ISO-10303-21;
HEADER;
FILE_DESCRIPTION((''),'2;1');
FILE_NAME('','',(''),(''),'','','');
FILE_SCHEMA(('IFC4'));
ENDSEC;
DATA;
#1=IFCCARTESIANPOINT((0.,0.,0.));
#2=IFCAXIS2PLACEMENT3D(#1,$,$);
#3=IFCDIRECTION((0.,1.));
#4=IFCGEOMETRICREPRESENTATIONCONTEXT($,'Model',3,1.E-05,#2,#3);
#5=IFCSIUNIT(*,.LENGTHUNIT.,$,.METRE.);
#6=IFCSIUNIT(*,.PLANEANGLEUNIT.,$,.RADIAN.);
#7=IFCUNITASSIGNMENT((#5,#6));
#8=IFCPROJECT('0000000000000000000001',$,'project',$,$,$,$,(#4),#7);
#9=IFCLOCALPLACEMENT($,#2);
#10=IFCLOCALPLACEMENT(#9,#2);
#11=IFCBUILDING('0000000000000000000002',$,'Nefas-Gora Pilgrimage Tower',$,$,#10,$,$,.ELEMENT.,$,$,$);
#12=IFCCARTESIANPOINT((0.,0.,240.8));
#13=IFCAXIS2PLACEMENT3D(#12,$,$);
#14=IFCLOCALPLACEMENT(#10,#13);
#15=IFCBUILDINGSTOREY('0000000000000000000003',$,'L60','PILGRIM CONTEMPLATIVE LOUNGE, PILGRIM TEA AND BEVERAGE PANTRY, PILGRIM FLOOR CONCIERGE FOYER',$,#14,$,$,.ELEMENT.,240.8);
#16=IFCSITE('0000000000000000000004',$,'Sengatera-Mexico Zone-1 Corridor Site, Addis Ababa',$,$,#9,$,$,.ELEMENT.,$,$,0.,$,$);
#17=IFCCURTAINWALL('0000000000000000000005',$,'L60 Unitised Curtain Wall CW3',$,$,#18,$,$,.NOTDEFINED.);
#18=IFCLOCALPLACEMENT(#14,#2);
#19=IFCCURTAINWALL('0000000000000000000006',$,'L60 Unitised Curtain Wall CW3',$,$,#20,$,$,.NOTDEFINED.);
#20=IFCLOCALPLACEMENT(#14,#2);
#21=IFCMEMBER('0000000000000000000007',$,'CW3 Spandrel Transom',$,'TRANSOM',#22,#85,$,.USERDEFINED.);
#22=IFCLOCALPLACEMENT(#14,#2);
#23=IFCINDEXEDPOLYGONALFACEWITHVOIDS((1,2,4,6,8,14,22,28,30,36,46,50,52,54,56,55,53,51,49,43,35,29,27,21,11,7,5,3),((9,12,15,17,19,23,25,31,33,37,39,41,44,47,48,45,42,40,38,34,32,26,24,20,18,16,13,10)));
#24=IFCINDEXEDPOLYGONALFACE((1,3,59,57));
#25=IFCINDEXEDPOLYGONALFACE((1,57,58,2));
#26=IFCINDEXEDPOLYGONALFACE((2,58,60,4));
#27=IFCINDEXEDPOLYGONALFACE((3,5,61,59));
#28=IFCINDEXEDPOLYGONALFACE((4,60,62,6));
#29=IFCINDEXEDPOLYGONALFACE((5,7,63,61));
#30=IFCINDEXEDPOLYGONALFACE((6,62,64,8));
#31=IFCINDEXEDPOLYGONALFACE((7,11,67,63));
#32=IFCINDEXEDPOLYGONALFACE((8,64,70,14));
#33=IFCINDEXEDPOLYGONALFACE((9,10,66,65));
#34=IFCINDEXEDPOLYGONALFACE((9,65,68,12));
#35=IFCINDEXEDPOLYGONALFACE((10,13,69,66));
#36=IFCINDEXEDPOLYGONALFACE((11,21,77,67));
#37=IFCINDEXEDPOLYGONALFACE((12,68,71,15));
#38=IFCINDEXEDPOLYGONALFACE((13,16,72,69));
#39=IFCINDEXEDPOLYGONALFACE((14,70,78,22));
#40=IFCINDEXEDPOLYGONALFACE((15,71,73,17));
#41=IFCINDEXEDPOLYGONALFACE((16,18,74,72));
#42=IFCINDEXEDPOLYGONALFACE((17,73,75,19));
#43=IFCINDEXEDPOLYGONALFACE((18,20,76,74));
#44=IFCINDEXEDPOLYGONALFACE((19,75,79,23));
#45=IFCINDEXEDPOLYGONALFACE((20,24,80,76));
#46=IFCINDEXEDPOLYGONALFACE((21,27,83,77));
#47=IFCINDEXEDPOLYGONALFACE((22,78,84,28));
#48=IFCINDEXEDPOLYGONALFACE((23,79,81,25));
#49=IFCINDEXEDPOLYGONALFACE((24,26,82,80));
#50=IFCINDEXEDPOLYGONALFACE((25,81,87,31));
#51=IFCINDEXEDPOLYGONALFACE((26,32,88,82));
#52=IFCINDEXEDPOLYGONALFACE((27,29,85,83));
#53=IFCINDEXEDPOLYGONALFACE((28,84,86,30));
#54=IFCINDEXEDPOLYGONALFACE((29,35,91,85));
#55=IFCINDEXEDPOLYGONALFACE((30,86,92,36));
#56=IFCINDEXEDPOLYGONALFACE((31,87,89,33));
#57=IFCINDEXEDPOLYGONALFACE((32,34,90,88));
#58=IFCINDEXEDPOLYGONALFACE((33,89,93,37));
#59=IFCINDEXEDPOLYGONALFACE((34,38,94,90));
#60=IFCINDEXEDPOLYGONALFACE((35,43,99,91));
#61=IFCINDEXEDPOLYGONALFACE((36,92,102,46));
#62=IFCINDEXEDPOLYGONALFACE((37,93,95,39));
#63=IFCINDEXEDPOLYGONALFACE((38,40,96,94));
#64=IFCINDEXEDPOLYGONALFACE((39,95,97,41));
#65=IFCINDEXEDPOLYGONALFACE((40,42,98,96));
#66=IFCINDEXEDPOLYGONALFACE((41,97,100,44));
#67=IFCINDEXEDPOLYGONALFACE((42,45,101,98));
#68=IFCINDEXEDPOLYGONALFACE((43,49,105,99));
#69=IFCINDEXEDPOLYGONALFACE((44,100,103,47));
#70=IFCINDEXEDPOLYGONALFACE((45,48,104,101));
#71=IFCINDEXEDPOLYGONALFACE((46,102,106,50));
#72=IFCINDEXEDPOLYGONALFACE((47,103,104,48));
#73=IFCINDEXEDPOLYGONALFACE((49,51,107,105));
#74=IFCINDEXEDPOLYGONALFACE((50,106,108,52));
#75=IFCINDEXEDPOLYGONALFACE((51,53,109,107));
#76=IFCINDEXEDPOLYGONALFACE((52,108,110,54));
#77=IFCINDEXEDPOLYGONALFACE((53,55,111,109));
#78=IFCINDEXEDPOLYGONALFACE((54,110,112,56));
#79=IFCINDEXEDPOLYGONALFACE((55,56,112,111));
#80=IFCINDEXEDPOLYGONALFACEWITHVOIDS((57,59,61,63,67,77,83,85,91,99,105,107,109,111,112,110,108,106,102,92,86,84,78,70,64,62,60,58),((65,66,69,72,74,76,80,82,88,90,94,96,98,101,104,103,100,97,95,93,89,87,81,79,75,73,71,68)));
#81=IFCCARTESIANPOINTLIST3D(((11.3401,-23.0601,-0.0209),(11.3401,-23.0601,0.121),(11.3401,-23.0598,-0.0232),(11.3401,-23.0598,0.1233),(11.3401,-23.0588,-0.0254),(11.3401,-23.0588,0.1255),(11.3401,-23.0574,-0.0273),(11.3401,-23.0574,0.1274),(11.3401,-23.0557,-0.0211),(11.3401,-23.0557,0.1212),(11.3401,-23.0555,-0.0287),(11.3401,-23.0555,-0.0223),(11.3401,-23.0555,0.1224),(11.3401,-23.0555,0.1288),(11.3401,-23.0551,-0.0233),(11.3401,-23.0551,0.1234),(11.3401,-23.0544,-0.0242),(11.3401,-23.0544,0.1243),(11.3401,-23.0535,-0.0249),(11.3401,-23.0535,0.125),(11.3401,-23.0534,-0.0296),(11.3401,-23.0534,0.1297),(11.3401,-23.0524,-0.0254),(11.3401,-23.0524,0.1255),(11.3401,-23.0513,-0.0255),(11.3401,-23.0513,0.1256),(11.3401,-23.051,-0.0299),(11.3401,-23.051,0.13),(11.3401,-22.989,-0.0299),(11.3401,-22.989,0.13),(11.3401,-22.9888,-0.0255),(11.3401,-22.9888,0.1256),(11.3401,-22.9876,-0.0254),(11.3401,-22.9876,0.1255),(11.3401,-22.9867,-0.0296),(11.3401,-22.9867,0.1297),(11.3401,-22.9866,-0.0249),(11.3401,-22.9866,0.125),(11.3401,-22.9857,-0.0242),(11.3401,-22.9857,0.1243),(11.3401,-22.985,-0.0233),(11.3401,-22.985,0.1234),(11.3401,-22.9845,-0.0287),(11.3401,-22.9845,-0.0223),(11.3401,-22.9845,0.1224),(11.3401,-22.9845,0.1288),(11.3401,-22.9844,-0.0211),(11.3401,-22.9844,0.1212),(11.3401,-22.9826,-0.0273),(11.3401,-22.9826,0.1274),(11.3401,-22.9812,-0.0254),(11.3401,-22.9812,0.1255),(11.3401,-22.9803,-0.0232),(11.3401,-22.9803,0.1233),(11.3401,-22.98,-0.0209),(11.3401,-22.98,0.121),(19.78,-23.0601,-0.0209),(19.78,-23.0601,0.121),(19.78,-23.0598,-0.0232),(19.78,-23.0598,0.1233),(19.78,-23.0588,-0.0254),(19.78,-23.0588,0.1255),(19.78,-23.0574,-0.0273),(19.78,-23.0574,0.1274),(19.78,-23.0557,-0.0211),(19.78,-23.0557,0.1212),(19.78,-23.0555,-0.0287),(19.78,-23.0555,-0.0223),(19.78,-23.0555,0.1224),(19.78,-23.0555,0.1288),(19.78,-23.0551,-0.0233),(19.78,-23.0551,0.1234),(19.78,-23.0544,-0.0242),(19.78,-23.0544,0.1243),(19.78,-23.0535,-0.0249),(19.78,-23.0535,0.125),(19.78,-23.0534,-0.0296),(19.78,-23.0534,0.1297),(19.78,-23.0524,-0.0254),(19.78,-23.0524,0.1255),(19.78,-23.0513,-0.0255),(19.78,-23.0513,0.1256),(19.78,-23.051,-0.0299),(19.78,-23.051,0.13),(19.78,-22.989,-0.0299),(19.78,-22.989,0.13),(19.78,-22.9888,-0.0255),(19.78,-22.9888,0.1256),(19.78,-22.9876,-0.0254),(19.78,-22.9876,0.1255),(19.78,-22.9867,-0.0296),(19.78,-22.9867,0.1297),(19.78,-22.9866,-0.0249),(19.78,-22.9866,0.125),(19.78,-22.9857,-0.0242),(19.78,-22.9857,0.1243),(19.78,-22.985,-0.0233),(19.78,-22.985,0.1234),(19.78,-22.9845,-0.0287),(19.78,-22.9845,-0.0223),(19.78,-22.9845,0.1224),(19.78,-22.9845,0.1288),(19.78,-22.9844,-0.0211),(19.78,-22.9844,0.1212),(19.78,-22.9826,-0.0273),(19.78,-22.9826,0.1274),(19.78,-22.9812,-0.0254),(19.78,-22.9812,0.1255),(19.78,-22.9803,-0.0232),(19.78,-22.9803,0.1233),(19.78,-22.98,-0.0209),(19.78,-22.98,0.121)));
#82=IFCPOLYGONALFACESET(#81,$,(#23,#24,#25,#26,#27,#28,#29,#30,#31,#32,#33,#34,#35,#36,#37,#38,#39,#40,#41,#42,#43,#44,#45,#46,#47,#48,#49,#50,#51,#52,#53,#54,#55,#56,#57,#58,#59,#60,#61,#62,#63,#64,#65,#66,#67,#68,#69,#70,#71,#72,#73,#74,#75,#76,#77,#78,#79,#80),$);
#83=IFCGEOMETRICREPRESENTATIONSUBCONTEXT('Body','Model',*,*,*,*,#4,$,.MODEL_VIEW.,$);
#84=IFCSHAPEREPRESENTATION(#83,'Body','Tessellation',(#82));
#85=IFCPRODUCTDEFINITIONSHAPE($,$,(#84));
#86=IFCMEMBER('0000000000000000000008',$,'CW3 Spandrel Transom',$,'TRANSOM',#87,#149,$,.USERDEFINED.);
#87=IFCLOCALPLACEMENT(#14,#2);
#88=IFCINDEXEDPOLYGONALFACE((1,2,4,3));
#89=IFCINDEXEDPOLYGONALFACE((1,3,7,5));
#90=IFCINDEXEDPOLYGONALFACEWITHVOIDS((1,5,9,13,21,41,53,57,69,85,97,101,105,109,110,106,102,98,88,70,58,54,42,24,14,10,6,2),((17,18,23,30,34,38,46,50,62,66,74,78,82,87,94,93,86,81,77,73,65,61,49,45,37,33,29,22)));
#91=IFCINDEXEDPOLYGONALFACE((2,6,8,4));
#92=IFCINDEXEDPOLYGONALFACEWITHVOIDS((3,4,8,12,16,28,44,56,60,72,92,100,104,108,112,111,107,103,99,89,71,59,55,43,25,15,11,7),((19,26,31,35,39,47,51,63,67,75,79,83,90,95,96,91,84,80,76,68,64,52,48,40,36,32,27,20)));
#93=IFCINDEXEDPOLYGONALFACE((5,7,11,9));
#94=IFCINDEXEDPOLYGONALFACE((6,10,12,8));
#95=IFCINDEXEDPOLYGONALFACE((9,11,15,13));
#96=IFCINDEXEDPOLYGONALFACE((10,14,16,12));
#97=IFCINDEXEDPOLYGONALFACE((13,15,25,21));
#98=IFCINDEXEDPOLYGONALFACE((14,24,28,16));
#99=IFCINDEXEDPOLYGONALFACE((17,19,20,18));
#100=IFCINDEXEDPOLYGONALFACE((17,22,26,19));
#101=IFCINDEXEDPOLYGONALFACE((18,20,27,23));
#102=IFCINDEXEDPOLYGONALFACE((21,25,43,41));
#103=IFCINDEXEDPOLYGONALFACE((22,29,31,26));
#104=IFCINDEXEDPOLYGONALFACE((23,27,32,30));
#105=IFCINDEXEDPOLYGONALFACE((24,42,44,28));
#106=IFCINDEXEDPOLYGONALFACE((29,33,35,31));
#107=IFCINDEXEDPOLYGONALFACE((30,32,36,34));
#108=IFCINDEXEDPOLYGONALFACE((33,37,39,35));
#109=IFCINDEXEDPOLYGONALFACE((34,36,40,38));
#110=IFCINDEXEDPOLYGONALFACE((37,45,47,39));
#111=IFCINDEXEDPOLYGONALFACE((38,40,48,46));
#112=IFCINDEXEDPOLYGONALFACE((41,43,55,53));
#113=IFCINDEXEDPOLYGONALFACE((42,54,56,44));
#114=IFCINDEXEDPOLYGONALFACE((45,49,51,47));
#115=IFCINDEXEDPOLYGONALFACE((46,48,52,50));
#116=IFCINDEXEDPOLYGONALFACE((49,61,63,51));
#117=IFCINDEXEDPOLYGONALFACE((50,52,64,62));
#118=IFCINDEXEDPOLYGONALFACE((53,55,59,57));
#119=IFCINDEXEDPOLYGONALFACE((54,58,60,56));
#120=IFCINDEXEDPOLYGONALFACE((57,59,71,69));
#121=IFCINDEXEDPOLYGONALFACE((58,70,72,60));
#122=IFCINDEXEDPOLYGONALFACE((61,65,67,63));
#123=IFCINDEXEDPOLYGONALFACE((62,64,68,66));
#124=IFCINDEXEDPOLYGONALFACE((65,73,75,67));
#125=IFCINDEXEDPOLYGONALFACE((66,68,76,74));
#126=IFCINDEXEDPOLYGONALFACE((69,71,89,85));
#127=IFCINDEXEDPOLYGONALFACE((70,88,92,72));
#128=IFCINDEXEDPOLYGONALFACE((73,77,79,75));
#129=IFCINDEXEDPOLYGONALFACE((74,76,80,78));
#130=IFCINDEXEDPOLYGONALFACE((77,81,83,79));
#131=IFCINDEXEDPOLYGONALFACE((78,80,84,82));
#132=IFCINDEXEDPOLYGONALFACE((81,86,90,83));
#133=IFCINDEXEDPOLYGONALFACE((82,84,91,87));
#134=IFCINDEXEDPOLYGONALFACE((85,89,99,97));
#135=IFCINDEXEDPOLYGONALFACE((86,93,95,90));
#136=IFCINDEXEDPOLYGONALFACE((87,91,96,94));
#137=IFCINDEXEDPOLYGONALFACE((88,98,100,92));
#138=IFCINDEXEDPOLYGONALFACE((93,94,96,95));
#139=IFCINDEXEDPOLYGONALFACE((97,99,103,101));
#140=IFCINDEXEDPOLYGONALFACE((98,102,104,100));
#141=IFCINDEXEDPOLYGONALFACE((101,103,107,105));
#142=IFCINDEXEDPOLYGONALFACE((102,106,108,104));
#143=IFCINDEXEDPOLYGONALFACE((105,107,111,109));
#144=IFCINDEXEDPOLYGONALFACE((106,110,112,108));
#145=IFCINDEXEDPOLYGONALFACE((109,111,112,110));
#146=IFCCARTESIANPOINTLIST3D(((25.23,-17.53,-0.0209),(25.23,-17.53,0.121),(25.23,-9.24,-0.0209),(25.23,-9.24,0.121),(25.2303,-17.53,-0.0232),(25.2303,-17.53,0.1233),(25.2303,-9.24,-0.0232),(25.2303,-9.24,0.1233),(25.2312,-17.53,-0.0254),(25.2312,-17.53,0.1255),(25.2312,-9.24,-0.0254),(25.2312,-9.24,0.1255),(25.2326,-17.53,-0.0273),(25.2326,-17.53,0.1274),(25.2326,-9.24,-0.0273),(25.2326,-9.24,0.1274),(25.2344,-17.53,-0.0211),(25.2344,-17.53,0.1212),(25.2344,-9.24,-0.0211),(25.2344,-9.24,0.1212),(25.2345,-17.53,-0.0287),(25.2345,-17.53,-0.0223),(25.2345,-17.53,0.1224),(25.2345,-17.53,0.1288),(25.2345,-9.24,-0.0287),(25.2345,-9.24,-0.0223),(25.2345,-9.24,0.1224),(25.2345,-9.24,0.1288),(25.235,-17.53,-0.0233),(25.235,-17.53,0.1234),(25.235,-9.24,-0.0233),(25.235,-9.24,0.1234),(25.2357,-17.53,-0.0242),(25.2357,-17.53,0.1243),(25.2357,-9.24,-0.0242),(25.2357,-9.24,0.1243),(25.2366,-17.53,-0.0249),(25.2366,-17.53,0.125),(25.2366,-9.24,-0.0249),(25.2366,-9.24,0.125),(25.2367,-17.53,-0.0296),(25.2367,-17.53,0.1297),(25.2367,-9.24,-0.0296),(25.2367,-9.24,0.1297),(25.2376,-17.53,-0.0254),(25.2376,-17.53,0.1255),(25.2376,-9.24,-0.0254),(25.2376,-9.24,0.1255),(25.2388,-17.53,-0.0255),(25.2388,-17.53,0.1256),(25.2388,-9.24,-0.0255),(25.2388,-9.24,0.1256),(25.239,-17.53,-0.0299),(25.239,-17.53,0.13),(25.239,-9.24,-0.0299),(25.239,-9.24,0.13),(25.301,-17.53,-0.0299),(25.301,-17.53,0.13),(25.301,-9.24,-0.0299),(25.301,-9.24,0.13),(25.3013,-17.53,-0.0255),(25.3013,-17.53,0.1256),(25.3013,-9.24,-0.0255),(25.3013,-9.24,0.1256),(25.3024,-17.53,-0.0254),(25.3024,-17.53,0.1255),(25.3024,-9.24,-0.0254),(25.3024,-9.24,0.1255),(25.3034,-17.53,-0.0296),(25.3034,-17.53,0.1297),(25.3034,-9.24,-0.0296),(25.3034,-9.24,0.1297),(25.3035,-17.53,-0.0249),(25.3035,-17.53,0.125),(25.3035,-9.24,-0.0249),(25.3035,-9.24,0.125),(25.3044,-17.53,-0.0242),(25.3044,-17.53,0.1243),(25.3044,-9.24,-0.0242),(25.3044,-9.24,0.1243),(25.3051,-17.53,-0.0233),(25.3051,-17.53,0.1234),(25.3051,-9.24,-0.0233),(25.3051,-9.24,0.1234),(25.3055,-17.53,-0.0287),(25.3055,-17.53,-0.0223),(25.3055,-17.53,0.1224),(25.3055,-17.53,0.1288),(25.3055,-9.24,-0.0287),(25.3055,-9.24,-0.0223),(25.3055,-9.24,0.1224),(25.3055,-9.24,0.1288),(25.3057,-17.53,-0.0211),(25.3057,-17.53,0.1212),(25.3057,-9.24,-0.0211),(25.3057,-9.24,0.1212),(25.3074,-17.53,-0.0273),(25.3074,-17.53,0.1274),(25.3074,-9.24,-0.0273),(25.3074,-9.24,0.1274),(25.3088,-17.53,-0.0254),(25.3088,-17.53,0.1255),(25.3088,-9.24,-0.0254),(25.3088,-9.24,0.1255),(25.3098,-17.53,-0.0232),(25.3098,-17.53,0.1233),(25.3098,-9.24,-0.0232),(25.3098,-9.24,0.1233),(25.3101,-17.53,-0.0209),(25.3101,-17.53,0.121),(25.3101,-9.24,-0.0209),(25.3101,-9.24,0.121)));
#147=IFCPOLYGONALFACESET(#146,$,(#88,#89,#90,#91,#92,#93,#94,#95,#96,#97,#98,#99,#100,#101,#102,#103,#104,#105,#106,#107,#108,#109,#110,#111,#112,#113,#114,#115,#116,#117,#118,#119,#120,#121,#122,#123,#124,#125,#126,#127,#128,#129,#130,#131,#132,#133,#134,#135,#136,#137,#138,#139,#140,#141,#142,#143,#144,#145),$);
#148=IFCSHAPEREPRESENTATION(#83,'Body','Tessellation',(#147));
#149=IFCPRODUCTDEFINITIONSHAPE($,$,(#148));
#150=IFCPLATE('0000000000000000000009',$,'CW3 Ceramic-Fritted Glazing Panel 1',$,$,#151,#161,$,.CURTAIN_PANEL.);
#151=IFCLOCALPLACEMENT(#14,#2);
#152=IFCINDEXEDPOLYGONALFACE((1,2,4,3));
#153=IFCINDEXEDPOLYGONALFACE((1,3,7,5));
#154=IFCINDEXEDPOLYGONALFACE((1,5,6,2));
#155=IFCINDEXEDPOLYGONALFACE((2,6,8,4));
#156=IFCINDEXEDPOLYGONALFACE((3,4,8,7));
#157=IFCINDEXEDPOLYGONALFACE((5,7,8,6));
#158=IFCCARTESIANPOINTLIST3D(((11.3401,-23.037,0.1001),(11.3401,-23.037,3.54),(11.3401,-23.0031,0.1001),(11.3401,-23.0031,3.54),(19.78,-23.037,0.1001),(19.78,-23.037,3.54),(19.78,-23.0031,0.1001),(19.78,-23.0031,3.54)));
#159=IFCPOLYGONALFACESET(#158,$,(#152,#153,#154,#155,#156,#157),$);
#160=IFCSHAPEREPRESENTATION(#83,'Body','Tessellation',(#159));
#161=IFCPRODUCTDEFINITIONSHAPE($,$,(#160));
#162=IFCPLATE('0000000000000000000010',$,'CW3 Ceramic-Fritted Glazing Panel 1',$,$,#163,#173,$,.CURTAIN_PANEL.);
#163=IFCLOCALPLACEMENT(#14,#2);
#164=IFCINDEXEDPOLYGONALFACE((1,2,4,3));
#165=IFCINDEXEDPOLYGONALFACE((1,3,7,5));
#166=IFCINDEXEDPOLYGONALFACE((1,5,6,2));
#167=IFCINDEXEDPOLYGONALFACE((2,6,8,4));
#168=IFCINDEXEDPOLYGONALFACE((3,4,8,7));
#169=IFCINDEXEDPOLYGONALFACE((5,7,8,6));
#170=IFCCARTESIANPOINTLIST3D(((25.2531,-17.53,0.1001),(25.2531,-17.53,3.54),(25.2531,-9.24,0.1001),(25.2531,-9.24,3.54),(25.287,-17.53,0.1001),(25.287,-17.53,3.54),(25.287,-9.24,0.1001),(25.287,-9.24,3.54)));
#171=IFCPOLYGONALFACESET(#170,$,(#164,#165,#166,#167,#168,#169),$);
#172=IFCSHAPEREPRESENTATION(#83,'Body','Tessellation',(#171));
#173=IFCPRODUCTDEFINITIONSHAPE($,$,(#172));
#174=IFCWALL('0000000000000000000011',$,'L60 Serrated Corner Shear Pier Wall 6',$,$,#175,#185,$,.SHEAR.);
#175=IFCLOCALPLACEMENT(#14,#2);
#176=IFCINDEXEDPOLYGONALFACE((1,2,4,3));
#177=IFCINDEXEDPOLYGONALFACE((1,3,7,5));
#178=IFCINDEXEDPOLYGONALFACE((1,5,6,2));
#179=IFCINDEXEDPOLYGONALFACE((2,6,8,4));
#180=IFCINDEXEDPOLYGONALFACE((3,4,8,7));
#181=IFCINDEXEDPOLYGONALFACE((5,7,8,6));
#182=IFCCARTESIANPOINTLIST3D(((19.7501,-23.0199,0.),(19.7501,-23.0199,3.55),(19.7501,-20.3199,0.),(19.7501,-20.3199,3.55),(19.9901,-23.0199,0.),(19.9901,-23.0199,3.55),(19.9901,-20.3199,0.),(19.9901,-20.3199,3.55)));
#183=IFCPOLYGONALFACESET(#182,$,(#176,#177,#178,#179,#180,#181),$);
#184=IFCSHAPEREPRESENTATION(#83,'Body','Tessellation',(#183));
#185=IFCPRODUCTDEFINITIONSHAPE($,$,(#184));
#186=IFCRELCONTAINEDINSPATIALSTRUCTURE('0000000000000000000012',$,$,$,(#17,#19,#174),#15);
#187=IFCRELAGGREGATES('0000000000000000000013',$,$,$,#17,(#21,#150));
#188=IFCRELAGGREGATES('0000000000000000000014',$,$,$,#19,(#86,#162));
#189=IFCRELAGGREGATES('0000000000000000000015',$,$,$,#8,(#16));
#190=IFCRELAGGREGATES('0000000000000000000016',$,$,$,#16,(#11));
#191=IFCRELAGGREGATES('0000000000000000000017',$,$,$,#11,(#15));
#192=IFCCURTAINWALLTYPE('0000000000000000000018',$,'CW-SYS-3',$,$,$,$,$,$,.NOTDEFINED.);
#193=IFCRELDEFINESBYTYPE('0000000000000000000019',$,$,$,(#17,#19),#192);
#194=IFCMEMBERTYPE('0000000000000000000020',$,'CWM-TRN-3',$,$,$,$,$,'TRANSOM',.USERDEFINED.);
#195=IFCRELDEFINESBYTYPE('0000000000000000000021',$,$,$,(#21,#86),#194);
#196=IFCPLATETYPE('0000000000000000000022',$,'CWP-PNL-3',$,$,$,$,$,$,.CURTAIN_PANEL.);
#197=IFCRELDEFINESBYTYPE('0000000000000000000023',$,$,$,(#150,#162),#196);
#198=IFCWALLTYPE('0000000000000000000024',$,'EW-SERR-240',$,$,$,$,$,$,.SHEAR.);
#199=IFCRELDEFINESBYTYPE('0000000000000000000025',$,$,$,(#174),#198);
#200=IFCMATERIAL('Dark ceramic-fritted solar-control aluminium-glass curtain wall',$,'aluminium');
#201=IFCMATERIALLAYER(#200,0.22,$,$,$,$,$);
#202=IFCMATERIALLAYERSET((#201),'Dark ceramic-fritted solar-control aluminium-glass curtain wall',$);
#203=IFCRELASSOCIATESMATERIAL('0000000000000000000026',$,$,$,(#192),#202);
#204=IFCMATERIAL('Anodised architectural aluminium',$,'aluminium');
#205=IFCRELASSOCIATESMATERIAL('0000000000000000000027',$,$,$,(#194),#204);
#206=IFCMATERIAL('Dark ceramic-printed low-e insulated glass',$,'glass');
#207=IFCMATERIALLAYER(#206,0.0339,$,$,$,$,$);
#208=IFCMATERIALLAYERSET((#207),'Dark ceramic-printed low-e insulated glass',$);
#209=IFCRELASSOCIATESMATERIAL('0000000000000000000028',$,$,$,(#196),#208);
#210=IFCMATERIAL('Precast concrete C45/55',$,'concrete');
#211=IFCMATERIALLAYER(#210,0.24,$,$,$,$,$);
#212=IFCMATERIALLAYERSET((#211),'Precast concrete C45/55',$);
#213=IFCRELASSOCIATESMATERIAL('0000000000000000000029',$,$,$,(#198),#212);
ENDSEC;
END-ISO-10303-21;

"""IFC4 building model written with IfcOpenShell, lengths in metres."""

from ifc_helpers import new_model, si_unit, direction, frame, frame_2d, origin, origin_2d, place, context, subcontext, project, spatial, rectangle, hollow_rectangle, extrude, source, transform, mapped, material, layer, layer_set, material_profile, profile_set, type_object, element, aggregate, save


model = new_model("IFC4")

# Units and contexts
model_context = context("Model", 3, precision=1e-05, world=origin(), true_north=direction((0.0, 1.0)))
body_context = subcontext(model_context, "Body", "Model", "MODEL_VIEW")
ifc_project = project(units=[si_unit("LENGTHUNIT", "METRE"), si_unit("PLANEANGLEUNIT", "RADIAN")], contexts=[model_context])

# Site, building, storey
site_placement = place(None, origin())
site = spatial("IfcSite", under=ifc_project, at=site_placement, Name="Sengatera-Mexico Zone-1 Corridor Site, Addis Ababa", CompositionType="ELEMENT", RefElevation=0.0)
building_placement = place(site_placement, origin())
building = spatial("IfcBuilding", under=site, at=building_placement, Name="Nefas-Gora Pilgrimage Tower", CompositionType="ELEMENT")
storey_placement = place(building_placement, frame((0.0, 0.0, 240.8)))
storey = spatial("IfcBuildingStorey", under=building, at=storey_placement, Name="L60", Description="PILGRIM CONTEMPLATIVE LOUNGE, PILGRIM TEA AND BEVERAGE PANTRY, PILGRIM FLOOR CONCIERGE FOYER", CompositionType="ELEMENT", Elevation=240.8)

# Curtain wall
ifc_material_1 = material(Name="Dark ceramic-fritted solar-control aluminium-glass curtain wall", Category="aluminium")
ifc_layer_1 = layer(ifc_material_1, 0.22)
ifc_layer_set_1 = layer_set([ifc_layer_1], Name="Dark ceramic-fritted solar-control aluminium-glass curtain wall")
curtain_wall_type = type_object("IfcCurtainWallType", Name="CW-SYS-3", PredefinedType="NOTDEFINED", material=ifc_layer_set_1)
curtain_wall_1_placement = place(storey_placement, origin())
curtain_wall_1 = element("IfcCurtainWall", 1, at=curtain_wall_1_placement, inside=storey, type_object=curtain_wall_type, Name="L60 Unitised Curtain Wall CW3", PredefinedType="NOTDEFINED")
ifc_material_2 = material(Name="Anodised architectural aluminium", Category="aluminium")

# Curtain wall
curtain_wall_2_placement = place(storey_placement, origin())
curtain_wall_2 = element("IfcCurtainWall", 2, at=curtain_wall_2_placement, inside=storey, type_object=curtain_wall_type, Name="L60 Unitised Curtain Wall CW3", PredefinedType="NOTDEFINED")

# Members
ifc_material_profile_1 = material_profile(ifc_material_2, hollow_rectangle(XDim=0.0801, YDim=0.1599, WallThickness=0.0044, InnerFilletRadius=0.0044, OuterFilletRadius=0.009, at=origin_2d()), Name="ALU TRANSOM 80x160")
ifc_profile_set_1 = profile_set([ifc_material_profile_1], Name="Anodised architectural aluminium")
member_type_1 = type_object("IfcMemberType", Name="CWM-TRN-3", ElementType="TRANSOM", PredefinedType="USERDEFINED", material=ifc_profile_set_1)
shared_shape_1 = source(origin(), body_context, "Body", "SweptSolid", [
    extrude(hollow_rectangle(XDim=0.0801, YDim=0.1599, WallThickness=0.0044, InnerFilletRadius=0.0044, OuterFilletRadius=0.009, at=origin_2d()), origin(), (0.0, 0.0, 1.0), 8.4399),
])
member_1_placement = place(storey_placement, frame((11.3401, -23.02, 0.05), z_axis=(1.0, 0.0, 0.0), x_axis=(0.0, 1.0, 0.0)))
member_1 = element("IfcMember", 3, at=member_1_placement, type_object=member_type_1, Name="CW3 Spandrel Transom", ObjectType="TRANSOM", PredefinedType="USERDEFINED", context=body_context, shape_type="MappedRepresentation", body=[
    mapped(shared_shape_1, transform((0.0, 0.0, 0.0), x_axis=(1.0, 0.0, 0.0), y_axis=(0.0, 1.0, 0.0), z_axis=(0.0, 0.0, 1.0), scale=1.0)),
])
shared_shape_2 = source(origin(), body_context, "Body", "SweptSolid", [
    extrude(hollow_rectangle(XDim=0.0801, YDim=0.1599, WallThickness=0.0044, InnerFilletRadius=0.0044, OuterFilletRadius=0.009, at=origin_2d()), origin(), (0.0, 0.0, 1.0), 8.29),
])
member_2_placement = place(storey_placement, frame((25.27, -17.53, 0.05), z_axis=(0.0, 1.0, 0.0), x_axis=(-1.0, 0.0, 0.0)))
member_2 = element("IfcMember", 4, at=member_2_placement, type_object=member_type_1, Name="CW3 Spandrel Transom", ObjectType="TRANSOM", PredefinedType="USERDEFINED", context=body_context, shape_type="MappedRepresentation", body=[
    mapped(shared_shape_2, transform((0.0, 0.0, 0.0), x_axis=(1.0, 0.0, 0.0), y_axis=(0.0, 1.0, 0.0), z_axis=(0.0, 0.0, 1.0), scale=1.0)),
])

# Plates
ifc_material_3 = material(Name="Dark ceramic-printed low-e insulated glass", Category="glass")
ifc_layer_2 = layer(ifc_material_3, 0.0339)
ifc_layer_set_2 = layer_set([ifc_layer_2], Name="Dark ceramic-printed low-e insulated glass")
plate_type = type_object("IfcPlateType", Name="CWP-PNL-3", PredefinedType="CURTAIN_PANEL", material=ifc_layer_set_2)
shared_shape_3 = source(origin(), body_context, "Body", "SweptSolid", [
    extrude(rectangle(XDim=8.4399, YDim=0.0339, at=origin_2d()), origin(), (0.0, 0.0, 1.0), 3.4399),
])
plate_1_placement = place(storey_placement, frame((15.5601, -23.02, 0.1001), z_axis=(0.0, 0.0, 1.0), x_axis=(1.0, 0.0, 0.0)))
plate_1 = element("IfcPlate", 5, at=plate_1_placement, type_object=plate_type, Name="CW3 Ceramic-Fritted Glazing Panel 1", PredefinedType="CURTAIN_PANEL", context=body_context, shape_type="MappedRepresentation", body=[
    mapped(shared_shape_3, transform((0.0, 0.0, 0.0), x_axis=(1.0, 0.0, 0.0), y_axis=(0.0, 1.0, 0.0), z_axis=(0.0, 0.0, 1.0), scale=1.0)),
])
aggregate(curtain_wall_1, [member_1, plate_1])
shared_shape_4 = source(origin(), body_context, "Body", "SweptSolid", [
    extrude(rectangle(XDim=8.29, YDim=0.0339, at=origin_2d()), origin(), (0.0, 0.0, 1.0), 3.4399),
])
plate_2_placement = place(storey_placement, frame((25.27, -13.385, 0.1001), z_axis=(0.0, 0.0, 1.0), x_axis=(0.0, 1.0, 0.0)))
plate_2 = element("IfcPlate", 6, at=plate_2_placement, type_object=plate_type, Name="CW3 Ceramic-Fritted Glazing Panel 1", PredefinedType="CURTAIN_PANEL", context=body_context, shape_type="MappedRepresentation", body=[
    mapped(shared_shape_4, transform((0.0, 0.0, 0.0), x_axis=(1.0, 0.0, 0.0), y_axis=(0.0, 1.0, 0.0), z_axis=(0.0, 0.0, 1.0), scale=1.0)),
])
aggregate(curtain_wall_2, [member_2, plate_2])

# Wall
ifc_material_4 = material(Name="Precast concrete C45/55", Category="concrete")
ifc_layer_3 = layer(ifc_material_4, 0.24)
ifc_layer_set_3 = layer_set([ifc_layer_3], Name="Precast concrete C45/55")
wall_type_1 = type_object("IfcWallType", Name="EW-SERR-240", PredefinedType="SHEAR", material=ifc_layer_set_3)
shared_shape_5 = source(origin(), body_context, "Body", "SweptSolid", [
    extrude(rectangle(XDim=2.7, YDim=0.24, at=frame_2d((1.3501, 0.0))), origin(), (0.0, 0.0, 1.0), 3.55),
])
for number, where, z_axis, x_axis, name in (
    (7, (19.8701, -23.02, 0.0), (0.0, 0.0, 1.0), (0.0, 1.0, 0.0), "L60 Serrated Corner Shear Pier Wall 6"),
):
    element("IfcWall", number, at=place(storey_placement, frame(where, z_axis=z_axis, x_axis=x_axis)), inside=storey, type_object=wall_type_1, Name=name, PredefinedType="SHEAR", context=body_context, shape_type="MappedRepresentation", body=[
        mapped(shared_shape_5, transform((0.0, 0.0, 0.0), x_axis=(1.0, 0.0, 0.0), y_axis=(0.0, 1.0, 0.0), z_axis=(0.0, 0.0, 1.0), scale=1.0)),
    ])

save(model, "model.ifc")
